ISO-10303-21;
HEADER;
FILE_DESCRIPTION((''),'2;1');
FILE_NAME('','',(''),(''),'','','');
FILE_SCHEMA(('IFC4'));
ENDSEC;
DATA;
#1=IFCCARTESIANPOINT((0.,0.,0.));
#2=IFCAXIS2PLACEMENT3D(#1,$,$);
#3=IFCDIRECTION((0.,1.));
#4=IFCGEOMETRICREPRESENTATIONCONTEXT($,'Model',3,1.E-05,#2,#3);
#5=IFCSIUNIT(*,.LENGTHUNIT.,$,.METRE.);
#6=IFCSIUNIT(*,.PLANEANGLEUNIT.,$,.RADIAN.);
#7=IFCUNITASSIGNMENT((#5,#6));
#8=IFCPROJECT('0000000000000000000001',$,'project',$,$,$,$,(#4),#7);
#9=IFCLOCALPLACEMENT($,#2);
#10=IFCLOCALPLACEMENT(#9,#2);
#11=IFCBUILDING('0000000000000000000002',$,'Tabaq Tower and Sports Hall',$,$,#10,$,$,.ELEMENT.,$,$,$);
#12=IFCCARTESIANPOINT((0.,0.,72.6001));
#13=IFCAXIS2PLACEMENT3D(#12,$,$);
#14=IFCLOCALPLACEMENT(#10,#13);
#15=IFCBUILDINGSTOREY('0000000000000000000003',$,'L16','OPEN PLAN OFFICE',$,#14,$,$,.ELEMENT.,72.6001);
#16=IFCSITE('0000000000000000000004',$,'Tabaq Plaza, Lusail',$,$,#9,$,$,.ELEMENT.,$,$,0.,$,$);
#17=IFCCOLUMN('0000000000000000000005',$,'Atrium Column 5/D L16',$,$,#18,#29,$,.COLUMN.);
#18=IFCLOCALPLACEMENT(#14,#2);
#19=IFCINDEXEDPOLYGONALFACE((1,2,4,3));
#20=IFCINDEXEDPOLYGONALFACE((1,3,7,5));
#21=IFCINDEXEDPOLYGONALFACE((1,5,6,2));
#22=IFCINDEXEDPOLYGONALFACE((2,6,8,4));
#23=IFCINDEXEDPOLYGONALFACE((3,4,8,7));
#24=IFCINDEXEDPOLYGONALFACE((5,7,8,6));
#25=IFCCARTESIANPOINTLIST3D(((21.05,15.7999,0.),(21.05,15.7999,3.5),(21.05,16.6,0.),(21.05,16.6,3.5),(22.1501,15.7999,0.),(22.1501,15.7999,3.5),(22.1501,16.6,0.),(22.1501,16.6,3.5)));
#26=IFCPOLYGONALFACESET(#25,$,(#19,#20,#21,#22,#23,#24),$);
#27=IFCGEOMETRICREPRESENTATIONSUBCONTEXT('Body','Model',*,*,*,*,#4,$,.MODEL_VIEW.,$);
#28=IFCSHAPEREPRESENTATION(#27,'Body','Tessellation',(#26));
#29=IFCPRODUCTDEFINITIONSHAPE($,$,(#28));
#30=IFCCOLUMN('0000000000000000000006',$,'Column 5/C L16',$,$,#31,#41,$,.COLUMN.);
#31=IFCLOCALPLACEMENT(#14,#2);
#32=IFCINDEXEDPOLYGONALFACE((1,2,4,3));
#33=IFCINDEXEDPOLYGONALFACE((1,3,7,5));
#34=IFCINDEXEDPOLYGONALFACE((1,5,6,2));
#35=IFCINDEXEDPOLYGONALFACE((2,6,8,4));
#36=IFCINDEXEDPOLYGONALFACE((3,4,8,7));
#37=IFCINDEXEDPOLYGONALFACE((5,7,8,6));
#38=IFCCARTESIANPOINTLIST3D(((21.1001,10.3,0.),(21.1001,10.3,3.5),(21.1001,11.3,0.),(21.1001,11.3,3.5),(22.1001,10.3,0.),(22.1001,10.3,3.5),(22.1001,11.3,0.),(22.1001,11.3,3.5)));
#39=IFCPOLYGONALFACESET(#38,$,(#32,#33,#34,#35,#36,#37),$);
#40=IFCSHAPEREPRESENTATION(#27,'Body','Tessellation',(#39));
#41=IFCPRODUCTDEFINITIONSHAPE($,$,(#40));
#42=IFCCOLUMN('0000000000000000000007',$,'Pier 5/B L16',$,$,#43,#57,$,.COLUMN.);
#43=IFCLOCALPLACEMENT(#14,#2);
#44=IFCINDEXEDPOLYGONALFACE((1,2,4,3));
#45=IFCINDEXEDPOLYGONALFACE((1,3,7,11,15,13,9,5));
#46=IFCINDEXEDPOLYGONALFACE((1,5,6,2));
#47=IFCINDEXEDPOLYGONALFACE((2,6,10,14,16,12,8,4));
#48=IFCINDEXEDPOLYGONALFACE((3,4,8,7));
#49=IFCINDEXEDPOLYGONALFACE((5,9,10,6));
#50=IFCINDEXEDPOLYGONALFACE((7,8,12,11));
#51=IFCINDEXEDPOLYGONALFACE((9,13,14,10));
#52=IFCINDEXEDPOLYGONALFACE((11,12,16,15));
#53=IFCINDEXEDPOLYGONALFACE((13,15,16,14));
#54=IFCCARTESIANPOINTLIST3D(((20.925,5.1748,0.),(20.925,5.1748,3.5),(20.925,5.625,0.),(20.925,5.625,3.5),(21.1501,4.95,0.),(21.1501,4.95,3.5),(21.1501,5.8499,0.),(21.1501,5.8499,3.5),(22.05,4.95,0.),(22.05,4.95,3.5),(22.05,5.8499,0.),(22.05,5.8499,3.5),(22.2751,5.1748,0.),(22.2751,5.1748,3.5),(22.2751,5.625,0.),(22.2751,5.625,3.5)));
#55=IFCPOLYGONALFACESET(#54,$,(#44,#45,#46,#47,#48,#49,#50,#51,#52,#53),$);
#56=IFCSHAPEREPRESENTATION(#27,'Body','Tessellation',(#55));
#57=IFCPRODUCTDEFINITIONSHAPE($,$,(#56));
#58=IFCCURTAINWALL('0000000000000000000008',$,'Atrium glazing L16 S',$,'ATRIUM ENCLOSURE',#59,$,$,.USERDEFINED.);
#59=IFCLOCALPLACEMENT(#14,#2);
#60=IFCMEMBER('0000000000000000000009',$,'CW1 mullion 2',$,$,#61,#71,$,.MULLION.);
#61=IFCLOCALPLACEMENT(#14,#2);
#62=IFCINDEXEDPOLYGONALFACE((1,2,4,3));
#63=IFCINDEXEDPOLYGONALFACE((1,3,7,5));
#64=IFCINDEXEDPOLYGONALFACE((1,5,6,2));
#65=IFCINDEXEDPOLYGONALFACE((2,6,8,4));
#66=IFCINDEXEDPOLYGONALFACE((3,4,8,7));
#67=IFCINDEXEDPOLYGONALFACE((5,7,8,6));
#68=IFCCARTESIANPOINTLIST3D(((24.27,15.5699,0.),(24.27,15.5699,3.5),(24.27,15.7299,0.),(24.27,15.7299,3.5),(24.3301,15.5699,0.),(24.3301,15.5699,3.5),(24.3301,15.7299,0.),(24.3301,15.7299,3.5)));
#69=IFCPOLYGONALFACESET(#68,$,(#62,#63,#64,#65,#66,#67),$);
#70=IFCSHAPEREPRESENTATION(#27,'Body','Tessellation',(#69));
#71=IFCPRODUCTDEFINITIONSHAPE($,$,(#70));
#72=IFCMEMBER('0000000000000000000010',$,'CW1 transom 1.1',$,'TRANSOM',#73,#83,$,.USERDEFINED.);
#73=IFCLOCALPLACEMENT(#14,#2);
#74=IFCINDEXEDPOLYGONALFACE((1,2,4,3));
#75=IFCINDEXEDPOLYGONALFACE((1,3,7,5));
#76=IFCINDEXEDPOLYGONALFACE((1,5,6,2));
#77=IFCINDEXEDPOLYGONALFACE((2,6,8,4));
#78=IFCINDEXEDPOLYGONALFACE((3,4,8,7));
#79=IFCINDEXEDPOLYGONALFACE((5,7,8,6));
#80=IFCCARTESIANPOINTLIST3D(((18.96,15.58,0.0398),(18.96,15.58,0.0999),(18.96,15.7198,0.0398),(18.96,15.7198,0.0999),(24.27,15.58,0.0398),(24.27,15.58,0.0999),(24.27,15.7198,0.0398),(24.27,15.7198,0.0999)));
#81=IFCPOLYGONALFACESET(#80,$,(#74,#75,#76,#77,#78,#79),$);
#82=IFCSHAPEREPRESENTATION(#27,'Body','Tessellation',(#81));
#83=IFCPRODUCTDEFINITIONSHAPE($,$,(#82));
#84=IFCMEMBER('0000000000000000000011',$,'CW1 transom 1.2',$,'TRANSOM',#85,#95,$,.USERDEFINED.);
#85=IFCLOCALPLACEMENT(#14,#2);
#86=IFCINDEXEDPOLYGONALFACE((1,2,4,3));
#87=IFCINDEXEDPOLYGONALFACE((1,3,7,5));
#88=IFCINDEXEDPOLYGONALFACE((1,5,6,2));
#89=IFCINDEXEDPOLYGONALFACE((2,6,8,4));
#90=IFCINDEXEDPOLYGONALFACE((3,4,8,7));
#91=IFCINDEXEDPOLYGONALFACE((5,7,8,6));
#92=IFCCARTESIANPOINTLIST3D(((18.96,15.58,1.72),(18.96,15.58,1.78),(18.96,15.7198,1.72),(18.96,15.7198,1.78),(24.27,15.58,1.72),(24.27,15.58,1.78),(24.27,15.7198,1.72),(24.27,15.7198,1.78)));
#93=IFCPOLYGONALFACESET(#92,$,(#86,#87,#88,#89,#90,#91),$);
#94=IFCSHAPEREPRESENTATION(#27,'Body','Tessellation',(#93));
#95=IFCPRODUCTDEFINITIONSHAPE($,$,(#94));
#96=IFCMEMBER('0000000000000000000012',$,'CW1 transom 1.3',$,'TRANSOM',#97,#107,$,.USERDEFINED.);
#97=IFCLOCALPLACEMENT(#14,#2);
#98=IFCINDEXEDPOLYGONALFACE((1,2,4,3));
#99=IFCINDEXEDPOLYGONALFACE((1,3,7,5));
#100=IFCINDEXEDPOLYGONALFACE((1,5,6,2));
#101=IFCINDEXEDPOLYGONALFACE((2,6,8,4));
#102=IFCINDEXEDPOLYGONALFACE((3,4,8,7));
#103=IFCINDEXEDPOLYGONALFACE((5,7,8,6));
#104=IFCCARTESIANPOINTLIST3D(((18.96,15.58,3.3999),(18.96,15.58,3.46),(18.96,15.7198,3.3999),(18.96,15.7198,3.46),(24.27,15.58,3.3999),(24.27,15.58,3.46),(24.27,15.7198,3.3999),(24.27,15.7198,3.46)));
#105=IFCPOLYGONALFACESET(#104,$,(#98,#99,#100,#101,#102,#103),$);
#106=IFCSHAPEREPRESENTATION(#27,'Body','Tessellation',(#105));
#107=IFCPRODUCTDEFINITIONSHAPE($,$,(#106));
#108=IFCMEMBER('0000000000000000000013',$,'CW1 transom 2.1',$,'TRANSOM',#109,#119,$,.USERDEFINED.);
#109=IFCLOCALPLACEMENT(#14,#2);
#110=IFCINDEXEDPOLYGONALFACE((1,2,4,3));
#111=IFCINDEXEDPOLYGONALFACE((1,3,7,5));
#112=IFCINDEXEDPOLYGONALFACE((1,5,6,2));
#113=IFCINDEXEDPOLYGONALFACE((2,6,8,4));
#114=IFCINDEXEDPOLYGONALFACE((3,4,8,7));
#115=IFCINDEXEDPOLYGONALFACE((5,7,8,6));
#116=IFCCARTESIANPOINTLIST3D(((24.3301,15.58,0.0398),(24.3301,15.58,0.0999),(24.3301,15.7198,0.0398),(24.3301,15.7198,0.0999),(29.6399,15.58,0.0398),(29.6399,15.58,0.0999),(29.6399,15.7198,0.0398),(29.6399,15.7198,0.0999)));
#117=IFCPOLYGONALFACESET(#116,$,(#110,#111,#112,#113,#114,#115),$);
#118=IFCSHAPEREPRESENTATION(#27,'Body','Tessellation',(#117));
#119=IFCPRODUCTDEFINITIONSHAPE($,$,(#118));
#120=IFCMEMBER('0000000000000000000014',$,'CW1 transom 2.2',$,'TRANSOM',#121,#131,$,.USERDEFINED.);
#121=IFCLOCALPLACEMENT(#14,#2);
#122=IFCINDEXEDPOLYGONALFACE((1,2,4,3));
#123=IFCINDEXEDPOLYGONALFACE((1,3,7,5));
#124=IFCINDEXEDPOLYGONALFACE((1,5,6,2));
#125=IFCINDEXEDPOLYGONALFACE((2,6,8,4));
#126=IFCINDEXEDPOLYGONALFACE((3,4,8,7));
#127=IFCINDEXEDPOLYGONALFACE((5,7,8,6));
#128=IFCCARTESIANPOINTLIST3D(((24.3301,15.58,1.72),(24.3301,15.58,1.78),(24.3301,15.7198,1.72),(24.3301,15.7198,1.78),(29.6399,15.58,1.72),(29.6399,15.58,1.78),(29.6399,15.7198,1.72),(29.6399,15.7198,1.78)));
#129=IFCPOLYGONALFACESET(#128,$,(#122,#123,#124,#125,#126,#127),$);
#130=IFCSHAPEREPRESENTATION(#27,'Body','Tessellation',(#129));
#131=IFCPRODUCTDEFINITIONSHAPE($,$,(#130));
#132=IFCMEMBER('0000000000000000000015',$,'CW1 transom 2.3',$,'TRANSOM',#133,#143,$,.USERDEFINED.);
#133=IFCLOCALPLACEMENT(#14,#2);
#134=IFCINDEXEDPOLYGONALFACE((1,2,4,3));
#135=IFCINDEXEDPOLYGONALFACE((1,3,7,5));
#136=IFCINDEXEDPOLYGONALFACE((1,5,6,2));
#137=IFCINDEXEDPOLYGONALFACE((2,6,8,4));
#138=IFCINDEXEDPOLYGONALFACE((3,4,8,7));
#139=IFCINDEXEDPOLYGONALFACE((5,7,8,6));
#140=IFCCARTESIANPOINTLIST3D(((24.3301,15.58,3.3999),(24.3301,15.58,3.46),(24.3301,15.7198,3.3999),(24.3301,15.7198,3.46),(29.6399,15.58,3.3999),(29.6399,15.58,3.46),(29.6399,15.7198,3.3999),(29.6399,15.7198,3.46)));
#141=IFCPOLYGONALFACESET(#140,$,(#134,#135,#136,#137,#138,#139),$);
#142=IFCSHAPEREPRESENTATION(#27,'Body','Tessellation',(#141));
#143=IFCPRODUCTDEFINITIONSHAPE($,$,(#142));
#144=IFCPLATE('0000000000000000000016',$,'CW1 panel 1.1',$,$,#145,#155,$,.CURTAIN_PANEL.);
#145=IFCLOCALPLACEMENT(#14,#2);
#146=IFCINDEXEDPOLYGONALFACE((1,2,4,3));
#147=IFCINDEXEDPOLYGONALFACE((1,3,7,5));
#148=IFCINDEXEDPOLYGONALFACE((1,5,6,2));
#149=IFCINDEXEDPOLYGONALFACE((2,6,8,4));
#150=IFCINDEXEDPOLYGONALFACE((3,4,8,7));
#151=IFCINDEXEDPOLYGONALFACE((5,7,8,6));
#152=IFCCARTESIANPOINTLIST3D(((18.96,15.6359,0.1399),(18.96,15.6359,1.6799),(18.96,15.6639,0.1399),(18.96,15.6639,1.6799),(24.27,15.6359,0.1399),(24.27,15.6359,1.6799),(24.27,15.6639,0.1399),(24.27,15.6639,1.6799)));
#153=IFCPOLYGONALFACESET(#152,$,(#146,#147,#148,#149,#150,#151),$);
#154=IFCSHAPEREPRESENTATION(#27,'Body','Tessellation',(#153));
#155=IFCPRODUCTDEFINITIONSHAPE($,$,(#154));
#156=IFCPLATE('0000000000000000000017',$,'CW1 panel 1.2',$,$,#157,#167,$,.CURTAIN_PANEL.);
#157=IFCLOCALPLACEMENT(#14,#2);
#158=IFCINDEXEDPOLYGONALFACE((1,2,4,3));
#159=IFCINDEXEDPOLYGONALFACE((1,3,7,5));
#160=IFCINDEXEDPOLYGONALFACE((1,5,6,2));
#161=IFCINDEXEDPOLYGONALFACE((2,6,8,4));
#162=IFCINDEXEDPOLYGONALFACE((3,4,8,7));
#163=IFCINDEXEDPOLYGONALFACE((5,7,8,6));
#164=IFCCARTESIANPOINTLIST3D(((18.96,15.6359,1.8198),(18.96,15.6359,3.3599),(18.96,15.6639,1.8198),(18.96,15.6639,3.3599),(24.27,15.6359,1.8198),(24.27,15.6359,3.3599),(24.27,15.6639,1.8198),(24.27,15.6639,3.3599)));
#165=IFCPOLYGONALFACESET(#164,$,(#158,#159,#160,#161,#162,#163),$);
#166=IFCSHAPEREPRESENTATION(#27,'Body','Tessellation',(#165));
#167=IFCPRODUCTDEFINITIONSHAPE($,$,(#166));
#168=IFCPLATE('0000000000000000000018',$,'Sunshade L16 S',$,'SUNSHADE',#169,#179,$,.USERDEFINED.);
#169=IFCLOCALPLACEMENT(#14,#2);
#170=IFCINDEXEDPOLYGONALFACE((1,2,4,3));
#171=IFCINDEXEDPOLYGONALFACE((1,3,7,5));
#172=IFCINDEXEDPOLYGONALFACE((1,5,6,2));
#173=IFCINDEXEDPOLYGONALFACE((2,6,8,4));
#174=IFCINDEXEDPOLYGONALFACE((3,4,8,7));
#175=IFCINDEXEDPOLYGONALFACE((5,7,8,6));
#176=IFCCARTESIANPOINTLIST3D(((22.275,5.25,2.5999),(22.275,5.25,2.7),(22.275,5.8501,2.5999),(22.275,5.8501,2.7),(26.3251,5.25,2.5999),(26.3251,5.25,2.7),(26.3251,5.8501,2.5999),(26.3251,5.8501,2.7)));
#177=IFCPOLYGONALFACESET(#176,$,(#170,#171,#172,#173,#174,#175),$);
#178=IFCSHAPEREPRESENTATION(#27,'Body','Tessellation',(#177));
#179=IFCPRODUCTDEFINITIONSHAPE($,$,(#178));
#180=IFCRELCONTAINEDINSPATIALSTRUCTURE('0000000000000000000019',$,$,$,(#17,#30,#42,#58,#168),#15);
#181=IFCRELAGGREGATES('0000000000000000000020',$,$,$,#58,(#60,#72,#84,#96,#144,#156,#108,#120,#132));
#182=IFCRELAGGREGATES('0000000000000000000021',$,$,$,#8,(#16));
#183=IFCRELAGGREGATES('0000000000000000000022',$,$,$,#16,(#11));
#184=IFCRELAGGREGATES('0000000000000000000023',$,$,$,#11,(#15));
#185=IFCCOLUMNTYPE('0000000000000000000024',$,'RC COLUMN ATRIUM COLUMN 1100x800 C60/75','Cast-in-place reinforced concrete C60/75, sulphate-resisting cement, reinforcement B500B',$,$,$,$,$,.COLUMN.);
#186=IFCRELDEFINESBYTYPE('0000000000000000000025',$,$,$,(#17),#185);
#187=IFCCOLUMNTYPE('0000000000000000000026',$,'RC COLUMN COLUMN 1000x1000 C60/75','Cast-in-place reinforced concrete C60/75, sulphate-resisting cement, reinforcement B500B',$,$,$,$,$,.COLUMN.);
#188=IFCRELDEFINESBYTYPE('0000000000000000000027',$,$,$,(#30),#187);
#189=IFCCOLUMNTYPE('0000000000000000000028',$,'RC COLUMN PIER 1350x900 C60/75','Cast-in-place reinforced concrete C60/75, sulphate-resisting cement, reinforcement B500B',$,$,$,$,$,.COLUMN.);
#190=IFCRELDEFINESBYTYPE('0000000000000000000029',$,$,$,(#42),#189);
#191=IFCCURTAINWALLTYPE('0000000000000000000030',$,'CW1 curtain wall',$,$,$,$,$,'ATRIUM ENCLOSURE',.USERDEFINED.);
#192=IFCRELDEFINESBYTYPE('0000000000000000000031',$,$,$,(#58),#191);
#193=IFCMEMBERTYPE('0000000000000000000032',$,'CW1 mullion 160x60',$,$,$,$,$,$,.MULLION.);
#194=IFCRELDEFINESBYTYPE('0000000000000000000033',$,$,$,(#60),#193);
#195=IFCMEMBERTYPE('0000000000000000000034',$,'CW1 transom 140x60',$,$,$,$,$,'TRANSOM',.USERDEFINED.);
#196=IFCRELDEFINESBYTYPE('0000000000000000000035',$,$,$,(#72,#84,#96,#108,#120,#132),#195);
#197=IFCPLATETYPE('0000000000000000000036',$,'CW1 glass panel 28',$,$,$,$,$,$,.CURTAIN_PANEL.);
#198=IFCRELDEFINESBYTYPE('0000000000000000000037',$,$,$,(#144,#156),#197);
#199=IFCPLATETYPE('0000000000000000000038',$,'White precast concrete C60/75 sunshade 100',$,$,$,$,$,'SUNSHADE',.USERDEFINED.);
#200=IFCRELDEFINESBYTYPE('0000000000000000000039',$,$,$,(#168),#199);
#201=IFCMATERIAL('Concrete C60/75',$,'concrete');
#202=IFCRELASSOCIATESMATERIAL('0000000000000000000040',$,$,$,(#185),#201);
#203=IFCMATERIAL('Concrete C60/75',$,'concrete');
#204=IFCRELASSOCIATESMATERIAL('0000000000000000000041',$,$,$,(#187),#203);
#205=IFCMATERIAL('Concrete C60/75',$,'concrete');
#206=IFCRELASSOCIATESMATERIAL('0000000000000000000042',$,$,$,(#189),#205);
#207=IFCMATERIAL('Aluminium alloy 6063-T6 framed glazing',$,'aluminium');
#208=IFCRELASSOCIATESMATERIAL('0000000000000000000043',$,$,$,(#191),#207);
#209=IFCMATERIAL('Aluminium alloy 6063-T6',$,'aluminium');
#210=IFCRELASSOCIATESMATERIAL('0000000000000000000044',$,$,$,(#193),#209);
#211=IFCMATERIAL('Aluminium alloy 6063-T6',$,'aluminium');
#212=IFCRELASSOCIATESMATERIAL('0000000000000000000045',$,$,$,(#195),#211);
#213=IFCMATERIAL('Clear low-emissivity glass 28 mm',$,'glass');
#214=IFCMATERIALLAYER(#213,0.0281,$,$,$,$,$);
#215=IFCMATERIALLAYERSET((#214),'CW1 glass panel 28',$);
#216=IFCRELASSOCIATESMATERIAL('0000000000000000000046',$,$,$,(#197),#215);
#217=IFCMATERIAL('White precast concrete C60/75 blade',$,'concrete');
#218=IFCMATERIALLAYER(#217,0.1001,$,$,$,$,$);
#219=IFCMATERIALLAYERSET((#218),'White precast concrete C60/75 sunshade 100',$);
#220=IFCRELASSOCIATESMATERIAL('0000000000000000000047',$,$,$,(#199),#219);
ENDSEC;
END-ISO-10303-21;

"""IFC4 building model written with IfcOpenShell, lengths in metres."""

from ifc_helpers import new_model, si_unit, direction, frame, origin, origin_2d, place, context, subcontext, project, spatial, polyline, rectangle, outline, extrude, material, layer, layer_set, material_profile, profile_set, type_object, element, aggregate, save


model = new_model("IFC4")

# Units and contexts
model_context = context("Model", 3, precision=1e-05, world=origin(), true_north=direction((0.0, 1.0)))
body_context = subcontext(model_context, "Body", "Model", "MODEL_VIEW")
ifc_project = project(units=[si_unit("LENGTHUNIT", "METRE"), si_unit("PLANEANGLEUNIT", "RADIAN")], contexts=[model_context])

# Site, building, storey
site_placement = place(None, origin())
site = spatial("IfcSite", under=ifc_project, at=site_placement, Name="Tabaq Plaza, Lusail", CompositionType="ELEMENT", RefElevation=0.0)
building_placement = place(site_placement, origin())
building = spatial("IfcBuilding", under=site, at=building_placement, Name="Tabaq Tower and Sports Hall", CompositionType="ELEMENT")
storey_placement = place(building_placement, frame((0.0, 0.0, 72.6001)))
storey = spatial("IfcBuildingStorey", under=building, at=storey_placement, Name="L16", Description="OPEN PLAN OFFICE", CompositionType="ELEMENT", Elevation=72.6001)

# Columns
ifc_material_1 = material(Name="Concrete C60/75", Category="concrete")
ifc_material_profile_1 = material_profile(ifc_material_1, rectangle(XDim=1.1001, YDim=0.8, at=origin_2d()), Name="ATRIUM COLUMN 1100x800")
ifc_profile_set_1 = profile_set([ifc_material_profile_1], Name="Concrete C60/75")
column_type_1 = type_object("IfcColumnType", Name="RC COLUMN ATRIUM COLUMN 1100x800 C60/75", Description="Cast-in-place reinforced concrete C60/75, sulphate-resisting cement, reinforcement B500B", PredefinedType="COLUMN", material=ifc_profile_set_1)
column_1_placement = place(storey_placement, frame((21.6001, 16.2, 0.0), z_axis=(0.0, 0.0, 1.0), x_axis=(1.0, 0.0, 0.0)))
element("IfcColumn", 1, at=column_1_placement, inside=storey, type_object=column_type_1, Name="Atrium Column 5/D L16", PredefinedType="COLUMN", context=body_context, shape_type="SweptSolid", body=[
    extrude(rectangle(XDim=1.1001, YDim=0.8, at=origin_2d()), origin(), (0.0, 0.0, 1.0), 3.5),
])
ifc_material_2 = material(Name="Concrete C60/75", Category="concrete")
ifc_material_profile_2 = material_profile(ifc_material_2, rectangle(XDim=1.0, YDim=1.0, at=origin_2d()), Name="COLUMN 1000x1000")
ifc_profile_set_2 = profile_set([ifc_material_profile_2], Name="Concrete C60/75")
column_type_2 = type_object("IfcColumnType", Name="RC COLUMN COLUMN 1000x1000 C60/75", Description="Cast-in-place reinforced concrete C60/75, sulphate-resisting cement, reinforcement B500B", PredefinedType="COLUMN", material=ifc_profile_set_2)
column_2_placement = place(storey_placement, frame((21.6001, 10.8, 0.0), z_axis=(0.0, 0.0, 1.0), x_axis=(1.0, 0.0, 0.0)))
element("IfcColumn", 2, at=column_2_placement, inside=storey, type_object=column_type_2, Name="Column 5/C L16", PredefinedType="COLUMN", context=body_context, shape_type="SweptSolid", body=[
    extrude(rectangle(XDim=1.0, YDim=1.0, at=origin_2d()), origin(), (0.0, 0.0, 1.0), 3.5),
])
ifc_material_3 = material(Name="Concrete C60/75", Category="concrete")
ifc_material_profile_3 = material_profile(ifc_material_3, outline(polyline([(-0.45, -0.45), (0.45, -0.45), (0.675, -0.2251), (0.675, 0.2251), (0.45, 0.45), (-0.45, 0.45), (-0.675, 0.2251), (-0.675, -0.2251), (-0.45, -0.45)])), Name="PIER 1350x900")
ifc_profile_set_3 = profile_set([ifc_material_profile_3], Name="Concrete C60/75")
column_type_3 = type_object("IfcColumnType", Name="RC COLUMN PIER 1350x900 C60/75", Description="Cast-in-place reinforced concrete C60/75, sulphate-resisting cement, reinforcement B500B", PredefinedType="COLUMN", material=ifc_profile_set_3)
column_3_placement = place(storey_placement, frame((21.6001, 5.3999, 0.0), z_axis=(0.0, 0.0, 1.0), x_axis=(1.0, 0.0, 0.0)))
element("IfcColumn", 3, at=column_3_placement, inside=storey, type_object=column_type_3, Name="Pier 5/B L16", PredefinedType="COLUMN", context=body_context, shape_type="SweptSolid", body=[
    extrude(outline(polyline([(-0.45, -0.45), (0.45, -0.45), (0.675, -0.2251), (0.675, 0.2251), (0.45, 0.45), (-0.45, 0.45), (-0.675, 0.2251), (-0.675, -0.2251), (-0.45, -0.45)])), origin(), (0.0, 0.0, 1.0), 3.5),
])

# Curtain wall, members, plates
ifc_material_4 = material(Name="Aluminium alloy 6063-T6 framed glazing", Category="aluminium")
curtain_wall_type = type_object("IfcCurtainWallType", Name="CW1 curtain wall", ElementType="ATRIUM ENCLOSURE", PredefinedType="USERDEFINED", material=ifc_material_4)
curtain_wall_placement = place(storey_placement, origin())
curtain_wall = element("IfcCurtainWall", 4, at=curtain_wall_placement, inside=storey, type_object=curtain_wall_type, Name="Atrium glazing L16 S", ObjectType="ATRIUM ENCLOSURE", PredefinedType="USERDEFINED")
ifc_material_5 = material(Name="Aluminium alloy 6063-T6", Category="aluminium")
ifc_material_profile_4 = material_profile(ifc_material_5, rectangle(XDim=0.1599, YDim=0.0601, at=origin_2d()), Name="MULLION 160x60")
ifc_profile_set_4 = profile_set([ifc_material_profile_4], Name="Aluminium alloy 6063-T6")
member_type_1 = type_object("IfcMemberType", Name="CW1 mullion 160x60", PredefinedType="MULLION", material=ifc_profile_set_4)
member_1_placement = place(storey_placement, frame((24.3, 15.6499, 0.0), z_axis=(0.0, 0.0, 1.0), x_axis=(0.0, 1.0, 0.0)))
member_1 = element("IfcMember", 5, at=member_1_placement, type_object=member_type_1, Name="CW1 mullion 2", PredefinedType="MULLION", context=body_context, shape_type="SweptSolid", body=[
    extrude(rectangle(XDim=0.1599, YDim=0.0601, at=origin_2d()), origin(), (0.0, 0.0, 1.0), 3.5),
])
ifc_material_6 = material(Name="Aluminium alloy 6063-T6", Category="aluminium")
ifc_material_profile_5 = material_profile(ifc_material_6, rectangle(XDim=0.1399, YDim=0.0601, at=origin_2d()), Name="TRANSOM 140x60")
ifc_profile_set_5 = profile_set([ifc_material_profile_5], Name="Aluminium alloy 6063-T6")
member_type_2 = type_object("IfcMemberType", Name="CW1 transom 140x60", ElementType="TRANSOM", PredefinedType="USERDEFINED", material=ifc_profile_set_5)
member_2_placement = place(storey_placement, frame((18.96, 15.6499, 0.0698), z_axis=(1.0, 0.0, 0.0), x_axis=(0.0, 1.0, 0.0)))
member_2 = element("IfcMember", 6, at=member_2_placement, type_object=member_type_2, Name="CW1 transom 1.1", ObjectType="TRANSOM", PredefinedType="USERDEFINED", context=body_context, shape_type="SweptSolid", body=[
    extrude(rectangle(XDim=0.1399, YDim=0.0601, at=origin_2d()), origin(), (0.0, 0.0, 1.0), 5.3101),
])
member_3_placement = place(storey_placement, frame((18.96, 15.6499, 1.75), z_axis=(1.0, 0.0, 0.0), x_axis=(0.0, 1.0, 0.0)))
member_3 = element("IfcMember", 7, at=member_3_placement, type_object=member_type_2, Name="CW1 transom 1.2", ObjectType="TRANSOM", PredefinedType="USERDEFINED", context=body_context, shape_type="SweptSolid", body=[
    extrude(rectangle(XDim=0.1399, YDim=0.0601, at=origin_2d()), origin(), (0.0, 0.0, 1.0), 5.3101),
])
member_4_placement = place(storey_placement, frame((18.96, 15.6499, 3.4299), z_axis=(1.0, 0.0, 0.0), x_axis=(0.0, 1.0, 0.0)))
member_4 = element("IfcMember", 8, at=member_4_placement, type_object=member_type_2, Name="CW1 transom 1.3", ObjectType="TRANSOM", PredefinedType="USERDEFINED", context=body_context, shape_type="SweptSolid", body=[
    extrude(rectangle(XDim=0.1399, YDim=0.0601, at=origin_2d()), origin(), (0.0, 0.0, 1.0), 5.3101),
])
member_5_placement = place(storey_placement, frame((24.3301, 15.6499, 0.0698), z_axis=(1.0, 0.0, 0.0), x_axis=(0.0, 1.0, 0.0)))
member_5 = element("IfcMember", 9, at=member_5_placement, type_object=member_type_2, Name="CW1 transom 2.1", ObjectType="TRANSOM", PredefinedType="USERDEFINED", context=body_context, shape_type="SweptSolid", body=[
    extrude(rectangle(XDim=0.1399, YDim=0.0601, at=origin_2d()), origin(), (0.0, 0.0, 1.0), 5.3098),
])
member_6_placement = place(storey_placement, frame((24.3301, 15.6499, 1.75), z_axis=(1.0, 0.0, 0.0), x_axis=(0.0, 1.0, 0.0)))
member_6 = element("IfcMember", 10, at=member_6_placement, type_object=member_type_2, Name="CW1 transom 2.2", ObjectType="TRANSOM", PredefinedType="USERDEFINED", context=body_context, shape_type="SweptSolid", body=[
    extrude(rectangle(XDim=0.1399, YDim=0.0601, at=origin_2d()), origin(), (0.0, 0.0, 1.0), 5.3098),
])
member_7_placement = place(storey_placement, frame((24.3301, 15.6499, 3.4299), z_axis=(1.0, 0.0, 0.0), x_axis=(0.0, 1.0, 0.0)))
member_7 = element("IfcMember", 11, at=member_7_placement, type_object=member_type_2, Name="CW1 transom 2.3", ObjectType="TRANSOM", PredefinedType="USERDEFINED", context=body_context, shape_type="SweptSolid", body=[
    extrude(rectangle(XDim=0.1399, YDim=0.0601, at=origin_2d()), origin(), (0.0, 0.0, 1.0), 5.3098),
])
ifc_material_7 = material(Name="Clear low-emissivity glass 28 mm", Category="glass")
ifc_layer_1 = layer(ifc_material_7, 0.0281)
ifc_layer_set_1 = layer_set([ifc_layer_1], Name="CW1 glass panel 28")
plate_type_1 = type_object("IfcPlateType", Name="CW1 glass panel 28", PredefinedType="CURTAIN_PANEL", material=ifc_layer_set_1)
plate_1_placement = place(storey_placement, frame((21.615, 15.6499, 0.1399), z_axis=(0.0, 0.0, 1.0), x_axis=(1.0, 0.0, 0.0)))
plate_1 = element("IfcPlate", 12, at=plate_1_placement, type_object=plate_type_1, Name="CW1 panel 1.1", PredefinedType="CURTAIN_PANEL", context=body_context, shape_type="SweptSolid", body=[
    extrude(rectangle(XDim=5.3101, YDim=0.0281, at=origin_2d()), origin(), (0.0, 0.0, 1.0), 1.54),
])
plate_2_placement = place(storey_placement, frame((21.615, 15.6499, 1.8198), z_axis=(0.0, 0.0, 1.0), x_axis=(1.0, 0.0, 0.0)))
plate_2 = element("IfcPlate", 13, at=plate_2_placement, type_object=plate_type_1, Name="CW1 panel 1.2", PredefinedType="CURTAIN_PANEL", context=body_context, shape_type="SweptSolid", body=[
    extrude(rectangle(XDim=5.3101, YDim=0.0281, at=origin_2d()), origin(), (0.0, 0.0, 1.0), 1.54),
])
aggregate(curtain_wall, [member_1, member_2, member_3, member_4, plate_1, plate_2, member_5, member_6, member_7])

# Plate
ifc_material_8 = material(Name="White precast concrete C60/75 blade", Category="concrete")
ifc_layer_2 = layer(ifc_material_8, 0.1001)
ifc_layer_set_2 = layer_set([ifc_layer_2], Name="White precast concrete C60/75 sunshade 100")
plate_type_2 = type_object("IfcPlateType", Name="White precast concrete C60/75 sunshade 100", ElementType="SUNSHADE", PredefinedType="USERDEFINED", material=ifc_layer_set_2)
plate_3_placement = place(storey_placement, frame((24.3, 5.55, 2.5999), z_axis=(0.0, 0.0, 1.0), x_axis=(1.0, 0.0, 0.0)))
element("IfcPlate", 14, at=plate_3_placement, inside=storey, type_object=plate_type_2, Name="Sunshade L16 S", ObjectType="SUNSHADE", PredefinedType="USERDEFINED", context=body_context, shape_type="SweptSolid", body=[
    extrude(rectangle(XDim=4.05, YDim=0.6001, at=origin_2d()), origin(), (0.0, 0.0, 1.0), 0.1001),
])

save(model, "model.ifc")
